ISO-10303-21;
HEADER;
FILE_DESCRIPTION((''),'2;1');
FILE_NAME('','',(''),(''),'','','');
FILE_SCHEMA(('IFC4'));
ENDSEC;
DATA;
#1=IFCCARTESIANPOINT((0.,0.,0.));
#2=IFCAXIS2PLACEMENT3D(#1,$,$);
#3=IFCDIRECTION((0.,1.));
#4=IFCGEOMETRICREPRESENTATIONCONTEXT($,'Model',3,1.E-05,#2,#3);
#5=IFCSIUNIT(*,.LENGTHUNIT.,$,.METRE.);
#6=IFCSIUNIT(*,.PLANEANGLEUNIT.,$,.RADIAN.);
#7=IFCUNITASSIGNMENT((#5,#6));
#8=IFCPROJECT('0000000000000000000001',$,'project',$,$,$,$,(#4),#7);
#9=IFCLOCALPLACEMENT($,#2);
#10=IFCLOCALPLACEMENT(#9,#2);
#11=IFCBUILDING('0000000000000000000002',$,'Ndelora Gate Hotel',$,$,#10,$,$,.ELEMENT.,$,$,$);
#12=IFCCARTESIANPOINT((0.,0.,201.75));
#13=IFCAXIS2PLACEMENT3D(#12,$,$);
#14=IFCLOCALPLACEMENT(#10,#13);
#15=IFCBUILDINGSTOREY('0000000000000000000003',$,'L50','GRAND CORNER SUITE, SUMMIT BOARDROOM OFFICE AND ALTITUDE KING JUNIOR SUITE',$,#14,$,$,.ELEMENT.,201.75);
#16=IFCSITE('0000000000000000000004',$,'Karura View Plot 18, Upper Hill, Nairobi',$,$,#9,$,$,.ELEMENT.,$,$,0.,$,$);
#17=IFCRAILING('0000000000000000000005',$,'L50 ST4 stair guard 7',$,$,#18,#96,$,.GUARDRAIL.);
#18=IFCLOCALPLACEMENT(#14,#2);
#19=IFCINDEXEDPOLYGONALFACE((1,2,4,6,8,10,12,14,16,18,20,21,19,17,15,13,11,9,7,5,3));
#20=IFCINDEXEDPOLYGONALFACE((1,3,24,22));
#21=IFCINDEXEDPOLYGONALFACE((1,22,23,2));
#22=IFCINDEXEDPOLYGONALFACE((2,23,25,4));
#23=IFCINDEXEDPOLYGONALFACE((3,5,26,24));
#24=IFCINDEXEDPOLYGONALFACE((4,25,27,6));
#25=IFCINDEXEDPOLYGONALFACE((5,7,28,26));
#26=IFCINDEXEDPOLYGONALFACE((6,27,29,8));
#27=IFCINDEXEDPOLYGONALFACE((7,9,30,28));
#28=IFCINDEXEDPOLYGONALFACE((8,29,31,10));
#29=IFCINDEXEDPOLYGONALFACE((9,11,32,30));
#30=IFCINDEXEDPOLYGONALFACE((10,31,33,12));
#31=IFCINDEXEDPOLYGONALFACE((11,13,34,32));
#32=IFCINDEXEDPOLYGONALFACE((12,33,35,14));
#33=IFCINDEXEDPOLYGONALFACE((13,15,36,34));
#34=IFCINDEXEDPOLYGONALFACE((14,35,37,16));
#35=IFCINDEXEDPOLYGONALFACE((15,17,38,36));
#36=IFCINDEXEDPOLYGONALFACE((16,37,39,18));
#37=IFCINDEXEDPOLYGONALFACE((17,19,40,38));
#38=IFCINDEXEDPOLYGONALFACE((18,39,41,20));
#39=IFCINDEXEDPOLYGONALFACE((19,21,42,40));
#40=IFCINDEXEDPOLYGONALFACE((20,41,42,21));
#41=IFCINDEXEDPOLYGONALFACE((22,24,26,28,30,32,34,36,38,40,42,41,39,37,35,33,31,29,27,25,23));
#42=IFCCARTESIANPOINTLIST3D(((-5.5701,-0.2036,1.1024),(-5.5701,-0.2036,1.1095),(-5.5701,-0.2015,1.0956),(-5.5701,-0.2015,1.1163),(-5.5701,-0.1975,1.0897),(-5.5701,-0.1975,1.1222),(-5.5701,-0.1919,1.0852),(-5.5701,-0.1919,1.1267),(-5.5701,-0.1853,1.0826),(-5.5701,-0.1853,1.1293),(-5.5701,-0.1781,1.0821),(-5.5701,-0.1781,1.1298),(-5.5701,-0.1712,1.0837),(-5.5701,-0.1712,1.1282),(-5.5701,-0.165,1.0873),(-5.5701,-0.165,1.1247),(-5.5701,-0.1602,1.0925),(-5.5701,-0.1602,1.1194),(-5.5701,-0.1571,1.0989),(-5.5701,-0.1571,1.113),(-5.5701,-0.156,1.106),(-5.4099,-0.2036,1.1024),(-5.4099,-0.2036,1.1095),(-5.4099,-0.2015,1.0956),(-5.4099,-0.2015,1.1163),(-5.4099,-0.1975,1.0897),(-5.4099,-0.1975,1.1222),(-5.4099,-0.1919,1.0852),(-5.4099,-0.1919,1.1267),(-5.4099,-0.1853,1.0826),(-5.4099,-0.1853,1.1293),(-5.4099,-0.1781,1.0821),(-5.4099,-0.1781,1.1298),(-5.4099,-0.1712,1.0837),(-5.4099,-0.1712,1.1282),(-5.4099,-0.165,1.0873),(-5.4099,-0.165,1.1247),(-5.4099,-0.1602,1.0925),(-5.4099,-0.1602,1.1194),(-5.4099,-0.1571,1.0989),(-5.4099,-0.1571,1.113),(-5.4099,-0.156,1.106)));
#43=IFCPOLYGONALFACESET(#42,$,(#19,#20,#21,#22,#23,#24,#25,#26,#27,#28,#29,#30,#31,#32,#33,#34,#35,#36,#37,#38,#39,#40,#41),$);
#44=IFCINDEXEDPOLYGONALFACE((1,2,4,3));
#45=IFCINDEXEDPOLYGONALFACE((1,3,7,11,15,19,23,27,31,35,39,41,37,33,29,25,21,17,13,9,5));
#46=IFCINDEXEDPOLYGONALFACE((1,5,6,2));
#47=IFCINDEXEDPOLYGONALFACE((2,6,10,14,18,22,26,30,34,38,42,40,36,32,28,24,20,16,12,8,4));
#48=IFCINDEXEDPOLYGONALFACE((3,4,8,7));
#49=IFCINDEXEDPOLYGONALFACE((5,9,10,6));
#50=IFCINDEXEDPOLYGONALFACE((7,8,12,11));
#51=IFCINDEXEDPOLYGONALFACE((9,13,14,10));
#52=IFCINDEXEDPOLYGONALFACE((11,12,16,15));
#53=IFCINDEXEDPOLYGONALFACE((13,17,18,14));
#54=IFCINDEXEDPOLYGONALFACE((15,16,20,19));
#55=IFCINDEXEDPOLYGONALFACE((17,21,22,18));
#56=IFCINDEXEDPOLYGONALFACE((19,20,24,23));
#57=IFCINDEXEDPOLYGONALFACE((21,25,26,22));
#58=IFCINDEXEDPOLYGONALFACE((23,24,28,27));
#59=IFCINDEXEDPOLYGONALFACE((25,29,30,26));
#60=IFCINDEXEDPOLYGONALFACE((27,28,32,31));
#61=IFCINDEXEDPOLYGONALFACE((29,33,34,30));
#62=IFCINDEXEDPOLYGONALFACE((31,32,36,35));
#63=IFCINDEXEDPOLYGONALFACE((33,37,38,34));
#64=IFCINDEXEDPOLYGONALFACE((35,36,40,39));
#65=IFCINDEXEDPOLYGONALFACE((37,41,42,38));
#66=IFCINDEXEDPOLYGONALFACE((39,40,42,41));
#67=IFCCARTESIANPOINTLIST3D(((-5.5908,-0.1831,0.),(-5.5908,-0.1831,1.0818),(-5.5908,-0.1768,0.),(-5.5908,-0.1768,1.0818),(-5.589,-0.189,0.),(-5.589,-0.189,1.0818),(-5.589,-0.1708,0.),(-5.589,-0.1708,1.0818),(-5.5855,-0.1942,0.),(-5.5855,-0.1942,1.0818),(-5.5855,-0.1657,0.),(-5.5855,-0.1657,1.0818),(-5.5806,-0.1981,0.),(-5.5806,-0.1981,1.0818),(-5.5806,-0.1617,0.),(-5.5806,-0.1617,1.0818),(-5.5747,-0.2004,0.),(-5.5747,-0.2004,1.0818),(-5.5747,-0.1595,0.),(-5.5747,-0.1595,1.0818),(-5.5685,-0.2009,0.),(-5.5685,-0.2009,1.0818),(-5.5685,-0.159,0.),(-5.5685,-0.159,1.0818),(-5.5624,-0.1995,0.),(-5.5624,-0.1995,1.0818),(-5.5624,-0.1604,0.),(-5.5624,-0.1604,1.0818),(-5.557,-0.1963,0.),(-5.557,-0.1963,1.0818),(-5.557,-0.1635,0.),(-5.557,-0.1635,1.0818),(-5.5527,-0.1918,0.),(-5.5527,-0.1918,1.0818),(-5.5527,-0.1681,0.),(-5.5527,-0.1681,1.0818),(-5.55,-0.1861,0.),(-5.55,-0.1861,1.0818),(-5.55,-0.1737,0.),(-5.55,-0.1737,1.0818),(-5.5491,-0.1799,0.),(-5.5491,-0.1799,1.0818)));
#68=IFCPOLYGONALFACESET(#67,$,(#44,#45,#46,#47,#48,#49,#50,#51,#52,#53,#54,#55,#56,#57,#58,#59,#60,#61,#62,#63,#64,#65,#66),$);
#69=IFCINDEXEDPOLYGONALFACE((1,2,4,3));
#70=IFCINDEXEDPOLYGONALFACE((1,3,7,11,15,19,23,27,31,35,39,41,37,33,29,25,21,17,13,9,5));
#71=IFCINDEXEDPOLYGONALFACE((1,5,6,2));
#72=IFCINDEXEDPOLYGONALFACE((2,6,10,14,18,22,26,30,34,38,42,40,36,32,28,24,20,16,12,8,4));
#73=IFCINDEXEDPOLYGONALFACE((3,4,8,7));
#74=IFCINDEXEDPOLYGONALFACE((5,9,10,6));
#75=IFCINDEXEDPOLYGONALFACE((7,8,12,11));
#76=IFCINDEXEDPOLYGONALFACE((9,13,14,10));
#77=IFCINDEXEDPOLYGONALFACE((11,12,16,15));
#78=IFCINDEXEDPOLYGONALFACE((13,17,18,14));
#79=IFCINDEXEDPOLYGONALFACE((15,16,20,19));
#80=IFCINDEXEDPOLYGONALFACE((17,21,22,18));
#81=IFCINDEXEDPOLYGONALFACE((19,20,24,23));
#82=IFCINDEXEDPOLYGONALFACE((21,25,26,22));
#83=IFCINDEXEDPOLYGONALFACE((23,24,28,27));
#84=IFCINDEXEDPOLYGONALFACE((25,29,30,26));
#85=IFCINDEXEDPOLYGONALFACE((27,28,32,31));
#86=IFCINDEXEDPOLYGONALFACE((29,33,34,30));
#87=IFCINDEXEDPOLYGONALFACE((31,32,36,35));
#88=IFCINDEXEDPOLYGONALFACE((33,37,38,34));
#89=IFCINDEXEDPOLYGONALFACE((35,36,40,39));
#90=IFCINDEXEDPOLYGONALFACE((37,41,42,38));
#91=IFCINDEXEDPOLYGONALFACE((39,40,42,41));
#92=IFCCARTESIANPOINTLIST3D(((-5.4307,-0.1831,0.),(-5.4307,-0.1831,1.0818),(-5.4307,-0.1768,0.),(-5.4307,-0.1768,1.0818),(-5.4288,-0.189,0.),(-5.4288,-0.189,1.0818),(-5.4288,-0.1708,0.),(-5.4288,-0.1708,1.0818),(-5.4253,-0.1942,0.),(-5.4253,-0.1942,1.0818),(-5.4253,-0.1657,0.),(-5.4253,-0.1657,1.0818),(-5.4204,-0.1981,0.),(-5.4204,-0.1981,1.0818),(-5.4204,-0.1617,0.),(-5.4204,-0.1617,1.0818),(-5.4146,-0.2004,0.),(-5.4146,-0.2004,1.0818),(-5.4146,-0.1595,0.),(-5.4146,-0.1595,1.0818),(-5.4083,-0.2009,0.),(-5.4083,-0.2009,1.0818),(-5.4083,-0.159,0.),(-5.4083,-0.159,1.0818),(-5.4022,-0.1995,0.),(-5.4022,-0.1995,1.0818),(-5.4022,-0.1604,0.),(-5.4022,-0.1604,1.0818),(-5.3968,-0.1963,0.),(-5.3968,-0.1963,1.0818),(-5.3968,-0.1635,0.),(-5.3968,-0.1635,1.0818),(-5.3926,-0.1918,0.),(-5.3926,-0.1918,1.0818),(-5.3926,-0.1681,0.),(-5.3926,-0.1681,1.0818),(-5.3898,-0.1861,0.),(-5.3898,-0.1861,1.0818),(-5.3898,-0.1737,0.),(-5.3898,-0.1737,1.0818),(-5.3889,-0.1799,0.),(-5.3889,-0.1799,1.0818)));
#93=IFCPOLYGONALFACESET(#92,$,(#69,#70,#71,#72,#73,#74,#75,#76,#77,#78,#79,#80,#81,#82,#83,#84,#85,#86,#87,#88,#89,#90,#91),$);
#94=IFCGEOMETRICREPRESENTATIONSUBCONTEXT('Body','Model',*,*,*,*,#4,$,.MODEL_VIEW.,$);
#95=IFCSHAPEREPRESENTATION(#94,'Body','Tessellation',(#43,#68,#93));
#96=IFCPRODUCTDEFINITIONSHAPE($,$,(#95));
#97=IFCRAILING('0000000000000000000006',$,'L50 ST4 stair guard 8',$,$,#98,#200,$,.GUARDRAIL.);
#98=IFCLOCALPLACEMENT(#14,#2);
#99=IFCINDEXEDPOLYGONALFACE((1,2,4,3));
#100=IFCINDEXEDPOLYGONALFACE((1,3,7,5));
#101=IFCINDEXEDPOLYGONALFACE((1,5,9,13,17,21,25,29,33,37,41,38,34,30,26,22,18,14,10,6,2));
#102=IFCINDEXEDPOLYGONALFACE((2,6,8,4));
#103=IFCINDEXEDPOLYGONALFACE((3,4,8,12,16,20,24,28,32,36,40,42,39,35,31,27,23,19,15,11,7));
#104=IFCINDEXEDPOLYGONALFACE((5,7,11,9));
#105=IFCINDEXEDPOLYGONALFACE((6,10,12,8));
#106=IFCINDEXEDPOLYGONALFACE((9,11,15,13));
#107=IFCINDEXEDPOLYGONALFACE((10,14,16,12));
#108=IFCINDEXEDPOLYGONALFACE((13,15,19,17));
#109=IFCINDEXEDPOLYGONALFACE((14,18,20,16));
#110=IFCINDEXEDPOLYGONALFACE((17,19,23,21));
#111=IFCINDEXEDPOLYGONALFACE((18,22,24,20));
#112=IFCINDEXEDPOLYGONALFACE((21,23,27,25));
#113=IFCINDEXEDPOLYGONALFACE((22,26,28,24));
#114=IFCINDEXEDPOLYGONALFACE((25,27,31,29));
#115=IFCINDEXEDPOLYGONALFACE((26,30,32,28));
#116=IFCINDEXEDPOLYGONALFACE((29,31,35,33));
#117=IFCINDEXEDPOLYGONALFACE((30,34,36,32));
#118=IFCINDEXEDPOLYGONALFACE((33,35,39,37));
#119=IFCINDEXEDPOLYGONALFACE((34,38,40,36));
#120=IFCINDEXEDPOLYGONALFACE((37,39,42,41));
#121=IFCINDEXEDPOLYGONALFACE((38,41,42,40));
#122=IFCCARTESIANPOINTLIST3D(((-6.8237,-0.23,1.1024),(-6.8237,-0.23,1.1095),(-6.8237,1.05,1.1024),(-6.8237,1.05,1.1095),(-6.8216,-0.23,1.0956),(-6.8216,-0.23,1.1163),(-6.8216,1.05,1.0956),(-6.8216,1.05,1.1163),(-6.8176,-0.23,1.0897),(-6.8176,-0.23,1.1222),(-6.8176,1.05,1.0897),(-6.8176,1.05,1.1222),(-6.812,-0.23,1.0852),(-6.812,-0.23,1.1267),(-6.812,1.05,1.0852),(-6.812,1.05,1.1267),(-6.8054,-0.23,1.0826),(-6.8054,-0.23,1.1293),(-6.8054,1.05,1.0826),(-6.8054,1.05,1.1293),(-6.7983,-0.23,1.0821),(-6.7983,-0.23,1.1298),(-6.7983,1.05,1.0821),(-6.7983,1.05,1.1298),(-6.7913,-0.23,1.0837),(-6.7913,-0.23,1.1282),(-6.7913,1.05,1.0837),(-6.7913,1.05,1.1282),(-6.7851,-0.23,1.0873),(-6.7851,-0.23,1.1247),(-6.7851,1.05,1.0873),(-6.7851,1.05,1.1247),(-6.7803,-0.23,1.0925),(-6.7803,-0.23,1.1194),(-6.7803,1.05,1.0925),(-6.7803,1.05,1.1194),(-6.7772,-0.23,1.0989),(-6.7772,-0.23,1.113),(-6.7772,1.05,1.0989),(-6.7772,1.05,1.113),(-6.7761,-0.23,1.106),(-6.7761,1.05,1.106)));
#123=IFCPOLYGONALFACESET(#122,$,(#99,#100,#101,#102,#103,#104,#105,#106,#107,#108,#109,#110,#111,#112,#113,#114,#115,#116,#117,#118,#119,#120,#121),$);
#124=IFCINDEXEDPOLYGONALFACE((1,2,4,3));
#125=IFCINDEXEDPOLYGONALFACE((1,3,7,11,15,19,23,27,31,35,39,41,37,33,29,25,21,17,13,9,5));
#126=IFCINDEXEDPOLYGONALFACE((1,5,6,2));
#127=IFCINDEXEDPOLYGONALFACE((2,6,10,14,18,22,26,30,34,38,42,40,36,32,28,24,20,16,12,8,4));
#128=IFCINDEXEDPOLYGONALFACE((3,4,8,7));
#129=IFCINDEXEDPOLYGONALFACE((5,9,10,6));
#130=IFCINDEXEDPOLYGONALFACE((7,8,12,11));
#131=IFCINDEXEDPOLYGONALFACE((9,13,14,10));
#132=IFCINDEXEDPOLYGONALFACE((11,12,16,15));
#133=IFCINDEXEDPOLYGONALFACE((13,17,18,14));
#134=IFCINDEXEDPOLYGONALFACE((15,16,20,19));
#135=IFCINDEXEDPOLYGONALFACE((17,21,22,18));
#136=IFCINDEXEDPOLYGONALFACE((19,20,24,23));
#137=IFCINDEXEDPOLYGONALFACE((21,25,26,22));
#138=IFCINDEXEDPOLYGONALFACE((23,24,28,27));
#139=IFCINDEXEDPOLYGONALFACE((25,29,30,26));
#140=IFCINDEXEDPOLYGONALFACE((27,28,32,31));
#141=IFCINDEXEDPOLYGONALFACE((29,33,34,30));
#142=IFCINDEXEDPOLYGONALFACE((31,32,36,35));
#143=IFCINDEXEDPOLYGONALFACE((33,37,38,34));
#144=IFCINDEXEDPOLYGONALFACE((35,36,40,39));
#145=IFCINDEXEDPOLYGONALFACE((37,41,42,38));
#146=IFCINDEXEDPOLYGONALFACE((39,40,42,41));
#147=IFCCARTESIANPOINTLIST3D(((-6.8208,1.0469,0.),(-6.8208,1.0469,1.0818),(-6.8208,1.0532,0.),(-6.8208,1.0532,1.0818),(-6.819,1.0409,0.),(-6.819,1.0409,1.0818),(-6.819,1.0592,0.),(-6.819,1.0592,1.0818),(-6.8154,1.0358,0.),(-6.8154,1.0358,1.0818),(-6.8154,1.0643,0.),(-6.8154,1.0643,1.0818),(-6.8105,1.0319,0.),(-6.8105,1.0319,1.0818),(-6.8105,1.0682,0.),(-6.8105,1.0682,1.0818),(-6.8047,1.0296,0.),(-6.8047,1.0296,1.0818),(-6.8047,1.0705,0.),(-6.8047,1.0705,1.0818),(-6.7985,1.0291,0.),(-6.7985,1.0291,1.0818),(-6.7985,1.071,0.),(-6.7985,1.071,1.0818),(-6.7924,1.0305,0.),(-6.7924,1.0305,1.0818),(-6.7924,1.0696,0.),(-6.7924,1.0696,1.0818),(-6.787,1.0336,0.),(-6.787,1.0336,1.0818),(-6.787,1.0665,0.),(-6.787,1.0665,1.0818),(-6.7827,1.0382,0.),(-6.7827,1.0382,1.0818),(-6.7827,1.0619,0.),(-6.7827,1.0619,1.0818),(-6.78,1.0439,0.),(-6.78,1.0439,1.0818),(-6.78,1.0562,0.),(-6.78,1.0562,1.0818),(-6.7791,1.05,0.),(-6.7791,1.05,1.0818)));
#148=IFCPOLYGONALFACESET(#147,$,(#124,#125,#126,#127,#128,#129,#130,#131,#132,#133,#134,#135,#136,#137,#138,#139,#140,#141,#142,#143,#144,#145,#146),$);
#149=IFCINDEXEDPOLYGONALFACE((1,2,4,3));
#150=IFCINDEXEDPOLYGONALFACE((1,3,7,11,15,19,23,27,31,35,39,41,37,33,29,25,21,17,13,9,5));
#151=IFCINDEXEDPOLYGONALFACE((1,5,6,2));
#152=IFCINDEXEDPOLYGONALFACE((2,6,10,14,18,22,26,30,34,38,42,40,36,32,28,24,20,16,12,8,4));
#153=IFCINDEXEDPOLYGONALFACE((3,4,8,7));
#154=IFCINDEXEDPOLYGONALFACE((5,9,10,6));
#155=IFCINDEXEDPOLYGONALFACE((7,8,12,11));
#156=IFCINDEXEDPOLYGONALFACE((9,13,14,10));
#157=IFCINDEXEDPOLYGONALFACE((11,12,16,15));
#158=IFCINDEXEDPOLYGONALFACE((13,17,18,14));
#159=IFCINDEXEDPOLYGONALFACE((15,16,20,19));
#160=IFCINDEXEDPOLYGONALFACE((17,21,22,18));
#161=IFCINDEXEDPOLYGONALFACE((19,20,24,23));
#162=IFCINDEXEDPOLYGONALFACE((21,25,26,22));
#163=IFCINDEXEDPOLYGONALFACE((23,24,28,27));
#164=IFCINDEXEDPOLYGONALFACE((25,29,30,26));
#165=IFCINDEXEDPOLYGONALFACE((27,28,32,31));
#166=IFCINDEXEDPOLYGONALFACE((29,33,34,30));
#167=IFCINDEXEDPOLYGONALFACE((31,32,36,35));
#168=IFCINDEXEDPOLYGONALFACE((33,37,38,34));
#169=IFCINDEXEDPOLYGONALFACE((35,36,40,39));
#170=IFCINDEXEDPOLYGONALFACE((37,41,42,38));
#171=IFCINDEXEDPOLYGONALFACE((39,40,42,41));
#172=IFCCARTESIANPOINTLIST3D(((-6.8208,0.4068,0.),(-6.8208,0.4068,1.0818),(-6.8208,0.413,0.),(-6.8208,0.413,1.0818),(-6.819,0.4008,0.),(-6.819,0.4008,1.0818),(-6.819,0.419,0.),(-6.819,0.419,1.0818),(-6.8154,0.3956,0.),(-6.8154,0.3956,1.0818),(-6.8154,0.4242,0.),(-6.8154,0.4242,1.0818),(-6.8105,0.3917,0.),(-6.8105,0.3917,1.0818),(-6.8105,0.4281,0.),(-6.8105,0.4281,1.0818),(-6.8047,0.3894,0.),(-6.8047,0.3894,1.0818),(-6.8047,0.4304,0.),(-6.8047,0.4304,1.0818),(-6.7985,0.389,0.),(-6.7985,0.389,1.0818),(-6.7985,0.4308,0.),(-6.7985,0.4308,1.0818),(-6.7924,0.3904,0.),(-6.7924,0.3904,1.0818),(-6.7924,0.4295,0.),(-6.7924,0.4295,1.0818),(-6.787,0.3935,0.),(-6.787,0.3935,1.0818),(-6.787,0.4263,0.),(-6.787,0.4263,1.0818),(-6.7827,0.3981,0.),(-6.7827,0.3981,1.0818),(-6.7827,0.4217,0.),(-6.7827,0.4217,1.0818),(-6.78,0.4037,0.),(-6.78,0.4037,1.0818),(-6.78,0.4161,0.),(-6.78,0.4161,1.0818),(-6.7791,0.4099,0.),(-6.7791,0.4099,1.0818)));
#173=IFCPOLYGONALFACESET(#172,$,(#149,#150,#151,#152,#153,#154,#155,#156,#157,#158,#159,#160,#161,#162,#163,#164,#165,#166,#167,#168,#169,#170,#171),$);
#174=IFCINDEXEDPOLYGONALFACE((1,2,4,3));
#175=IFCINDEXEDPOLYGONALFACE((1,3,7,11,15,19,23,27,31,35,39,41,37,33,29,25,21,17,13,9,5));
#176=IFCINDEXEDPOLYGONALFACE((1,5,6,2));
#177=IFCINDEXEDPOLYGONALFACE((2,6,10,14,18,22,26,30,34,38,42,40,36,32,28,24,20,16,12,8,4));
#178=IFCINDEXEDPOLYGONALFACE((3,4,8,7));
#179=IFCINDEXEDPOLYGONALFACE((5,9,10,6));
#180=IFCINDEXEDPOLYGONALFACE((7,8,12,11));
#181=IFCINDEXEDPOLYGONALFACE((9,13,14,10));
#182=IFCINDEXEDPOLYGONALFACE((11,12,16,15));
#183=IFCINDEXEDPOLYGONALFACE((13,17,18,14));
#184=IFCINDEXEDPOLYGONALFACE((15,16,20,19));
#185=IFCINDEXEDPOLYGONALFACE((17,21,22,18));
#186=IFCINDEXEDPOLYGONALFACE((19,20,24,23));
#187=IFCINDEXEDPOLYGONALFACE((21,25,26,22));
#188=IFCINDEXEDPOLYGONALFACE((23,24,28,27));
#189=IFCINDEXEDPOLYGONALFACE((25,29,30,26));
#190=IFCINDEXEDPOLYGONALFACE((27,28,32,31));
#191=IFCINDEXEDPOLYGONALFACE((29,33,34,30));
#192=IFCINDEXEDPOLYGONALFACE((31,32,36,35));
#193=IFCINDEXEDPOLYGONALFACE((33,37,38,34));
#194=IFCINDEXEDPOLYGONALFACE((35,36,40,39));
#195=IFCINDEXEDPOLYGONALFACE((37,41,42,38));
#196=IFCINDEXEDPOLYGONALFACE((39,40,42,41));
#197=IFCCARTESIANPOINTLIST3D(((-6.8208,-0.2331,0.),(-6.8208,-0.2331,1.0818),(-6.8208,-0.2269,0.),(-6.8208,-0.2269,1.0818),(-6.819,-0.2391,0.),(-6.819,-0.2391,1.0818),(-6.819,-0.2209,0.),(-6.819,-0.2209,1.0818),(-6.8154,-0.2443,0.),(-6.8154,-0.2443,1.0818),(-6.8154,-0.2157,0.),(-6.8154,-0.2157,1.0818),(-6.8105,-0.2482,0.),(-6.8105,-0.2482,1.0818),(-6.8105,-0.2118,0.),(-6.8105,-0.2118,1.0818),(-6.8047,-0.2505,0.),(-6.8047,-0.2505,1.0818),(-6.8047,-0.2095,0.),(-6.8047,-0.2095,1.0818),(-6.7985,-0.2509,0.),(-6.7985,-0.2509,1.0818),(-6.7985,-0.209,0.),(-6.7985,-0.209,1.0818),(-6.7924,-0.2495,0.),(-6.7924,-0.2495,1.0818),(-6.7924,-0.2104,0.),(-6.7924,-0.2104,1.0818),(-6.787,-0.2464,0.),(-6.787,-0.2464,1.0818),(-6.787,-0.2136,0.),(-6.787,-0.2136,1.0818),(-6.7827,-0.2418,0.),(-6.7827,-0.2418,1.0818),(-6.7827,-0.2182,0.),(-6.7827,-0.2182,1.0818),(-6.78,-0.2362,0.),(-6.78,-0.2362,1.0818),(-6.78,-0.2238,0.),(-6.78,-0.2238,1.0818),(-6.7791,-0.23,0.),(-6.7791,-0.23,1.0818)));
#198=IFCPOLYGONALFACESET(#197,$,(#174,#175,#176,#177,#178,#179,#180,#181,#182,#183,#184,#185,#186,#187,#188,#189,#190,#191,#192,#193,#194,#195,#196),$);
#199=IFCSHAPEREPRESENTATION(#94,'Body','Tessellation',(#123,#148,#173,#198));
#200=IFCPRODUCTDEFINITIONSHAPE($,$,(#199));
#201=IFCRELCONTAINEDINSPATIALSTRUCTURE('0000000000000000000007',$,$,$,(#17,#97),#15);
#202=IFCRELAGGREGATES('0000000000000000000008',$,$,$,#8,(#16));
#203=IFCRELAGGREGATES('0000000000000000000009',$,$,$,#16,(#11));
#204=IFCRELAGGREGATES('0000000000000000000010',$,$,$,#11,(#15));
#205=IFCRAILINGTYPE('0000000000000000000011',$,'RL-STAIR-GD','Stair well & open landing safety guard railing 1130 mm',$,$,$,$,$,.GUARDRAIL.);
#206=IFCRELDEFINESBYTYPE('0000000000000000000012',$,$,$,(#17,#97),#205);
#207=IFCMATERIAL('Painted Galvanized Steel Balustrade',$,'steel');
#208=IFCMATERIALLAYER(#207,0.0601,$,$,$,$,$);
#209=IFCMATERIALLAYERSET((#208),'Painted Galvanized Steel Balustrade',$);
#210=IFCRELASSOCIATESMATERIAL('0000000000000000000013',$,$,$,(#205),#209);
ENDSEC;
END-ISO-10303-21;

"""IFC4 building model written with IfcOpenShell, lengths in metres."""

from ifc_helpers import new_model, si_unit, direction, frame, origin, origin_2d, place, context, subcontext, project, spatial, circle, extrude, material, layer, layer_set, type_object, element, save


model = new_model("IFC4")

# Units and contexts
model_context = context("Model", 3, precision=1e-05, world=origin(), true_north=direction((0.0, 1.0)))
body_context = subcontext(model_context, "Body", "Model", "MODEL_VIEW")
ifc_project = project(units=[si_unit("LENGTHUNIT", "METRE"), si_unit("PLANEANGLEUNIT", "RADIAN")], contexts=[model_context])

# Site, building, storey
site_placement = place(None, origin())
site = spatial("IfcSite", under=ifc_project, at=site_placement, Name="Karura View Plot 18, Upper Hill, Nairobi", CompositionType="ELEMENT", RefElevation=0.0)
building_placement = place(site_placement, origin())
building = spatial("IfcBuilding", under=site, at=building_placement, Name="Ndelora Gate Hotel", CompositionType="ELEMENT")
storey_placement = place(building_placement, frame((0.0, 0.0, 201.75)))
storey = spatial("IfcBuildingStorey", under=building, at=storey_placement, Name="L50", Description="GRAND CORNER SUITE, SUMMIT BOARDROOM OFFICE AND ALTITUDE KING JUNIOR SUITE", CompositionType="ELEMENT", Elevation=201.75)

# Railings
ifc_material_1 = material(Name="Painted Galvanized Steel Balustrade", Category="steel")
ifc_layer_1 = layer(ifc_material_1, 0.0601)
ifc_layer_set_1 = layer_set([ifc_layer_1], Name="Painted Galvanized Steel Balustrade")
railing_type_1 = type_object("IfcRailingType", Name="RL-STAIR-GD", Description="Stair well & open landing safety guard railing 1130 mm", PredefinedType="GUARDRAIL", material=ifc_layer_set_1)
railing_1_placement = place(storey_placement, frame((-5.5701, -0.1799, 0.0)))
element("IfcRailing", 1, at=railing_1_placement, inside=storey, type_object=railing_type_1, Name="L50 ST4 stair guard 7", PredefinedType="GUARDRAIL", context=body_context, shape_type="SweptSolid", body=[
    extrude(circle(Radius=0.0239, at=origin_2d()), frame((0.0, 0.0, 1.106), z_axis=(1.0, 0.0, 0.0), x_axis=(0.0, 1.0, 0.0)), (0.0, 0.0, 1.0), 0.1602),
    extrude(circle(Radius=0.021, at=origin_2d()), origin(), (0.0, 0.0, 1.0), 1.0818),
    extrude(circle(Radius=0.021, at=origin_2d()), frame((0.1602, 0.0, 0.0)), (0.0, 0.0, 1.0), 1.0818),
])
for number, where, name in (
    (2, (-6.8, 1.05, 0.0), "L50 ST4 stair guard 8"),
):
    element("IfcRailing", number, at=place(storey_placement, frame(where)), inside=storey, type_object=railing_type_1, Name=name, PredefinedType="GUARDRAIL", context=body_context, shape_type="SweptSolid", body=[
        extrude(circle(Radius=0.0239, at=origin_2d()), frame((0.0, 0.0, 1.106), z_axis=(0.0, -1.0, 0.0), x_axis=(1.0, 0.0, 0.0)), (0.0, 0.0, 1.0), 1.28),
        extrude(circle(Radius=0.021, at=origin_2d()), origin(), (0.0, 0.0, 1.0), 1.0818),
        extrude(circle(Radius=0.021, at=origin_2d()), frame((0.0, -0.6401, 0.0)), (0.0, 0.0, 1.0), 1.0818),
        extrude(circle(Radius=0.021, at=origin_2d()), frame((0.0, -1.28, 0.0)), (0.0, 0.0, 1.0), 1.0818),
    ])

save(model, "model.ifc")
